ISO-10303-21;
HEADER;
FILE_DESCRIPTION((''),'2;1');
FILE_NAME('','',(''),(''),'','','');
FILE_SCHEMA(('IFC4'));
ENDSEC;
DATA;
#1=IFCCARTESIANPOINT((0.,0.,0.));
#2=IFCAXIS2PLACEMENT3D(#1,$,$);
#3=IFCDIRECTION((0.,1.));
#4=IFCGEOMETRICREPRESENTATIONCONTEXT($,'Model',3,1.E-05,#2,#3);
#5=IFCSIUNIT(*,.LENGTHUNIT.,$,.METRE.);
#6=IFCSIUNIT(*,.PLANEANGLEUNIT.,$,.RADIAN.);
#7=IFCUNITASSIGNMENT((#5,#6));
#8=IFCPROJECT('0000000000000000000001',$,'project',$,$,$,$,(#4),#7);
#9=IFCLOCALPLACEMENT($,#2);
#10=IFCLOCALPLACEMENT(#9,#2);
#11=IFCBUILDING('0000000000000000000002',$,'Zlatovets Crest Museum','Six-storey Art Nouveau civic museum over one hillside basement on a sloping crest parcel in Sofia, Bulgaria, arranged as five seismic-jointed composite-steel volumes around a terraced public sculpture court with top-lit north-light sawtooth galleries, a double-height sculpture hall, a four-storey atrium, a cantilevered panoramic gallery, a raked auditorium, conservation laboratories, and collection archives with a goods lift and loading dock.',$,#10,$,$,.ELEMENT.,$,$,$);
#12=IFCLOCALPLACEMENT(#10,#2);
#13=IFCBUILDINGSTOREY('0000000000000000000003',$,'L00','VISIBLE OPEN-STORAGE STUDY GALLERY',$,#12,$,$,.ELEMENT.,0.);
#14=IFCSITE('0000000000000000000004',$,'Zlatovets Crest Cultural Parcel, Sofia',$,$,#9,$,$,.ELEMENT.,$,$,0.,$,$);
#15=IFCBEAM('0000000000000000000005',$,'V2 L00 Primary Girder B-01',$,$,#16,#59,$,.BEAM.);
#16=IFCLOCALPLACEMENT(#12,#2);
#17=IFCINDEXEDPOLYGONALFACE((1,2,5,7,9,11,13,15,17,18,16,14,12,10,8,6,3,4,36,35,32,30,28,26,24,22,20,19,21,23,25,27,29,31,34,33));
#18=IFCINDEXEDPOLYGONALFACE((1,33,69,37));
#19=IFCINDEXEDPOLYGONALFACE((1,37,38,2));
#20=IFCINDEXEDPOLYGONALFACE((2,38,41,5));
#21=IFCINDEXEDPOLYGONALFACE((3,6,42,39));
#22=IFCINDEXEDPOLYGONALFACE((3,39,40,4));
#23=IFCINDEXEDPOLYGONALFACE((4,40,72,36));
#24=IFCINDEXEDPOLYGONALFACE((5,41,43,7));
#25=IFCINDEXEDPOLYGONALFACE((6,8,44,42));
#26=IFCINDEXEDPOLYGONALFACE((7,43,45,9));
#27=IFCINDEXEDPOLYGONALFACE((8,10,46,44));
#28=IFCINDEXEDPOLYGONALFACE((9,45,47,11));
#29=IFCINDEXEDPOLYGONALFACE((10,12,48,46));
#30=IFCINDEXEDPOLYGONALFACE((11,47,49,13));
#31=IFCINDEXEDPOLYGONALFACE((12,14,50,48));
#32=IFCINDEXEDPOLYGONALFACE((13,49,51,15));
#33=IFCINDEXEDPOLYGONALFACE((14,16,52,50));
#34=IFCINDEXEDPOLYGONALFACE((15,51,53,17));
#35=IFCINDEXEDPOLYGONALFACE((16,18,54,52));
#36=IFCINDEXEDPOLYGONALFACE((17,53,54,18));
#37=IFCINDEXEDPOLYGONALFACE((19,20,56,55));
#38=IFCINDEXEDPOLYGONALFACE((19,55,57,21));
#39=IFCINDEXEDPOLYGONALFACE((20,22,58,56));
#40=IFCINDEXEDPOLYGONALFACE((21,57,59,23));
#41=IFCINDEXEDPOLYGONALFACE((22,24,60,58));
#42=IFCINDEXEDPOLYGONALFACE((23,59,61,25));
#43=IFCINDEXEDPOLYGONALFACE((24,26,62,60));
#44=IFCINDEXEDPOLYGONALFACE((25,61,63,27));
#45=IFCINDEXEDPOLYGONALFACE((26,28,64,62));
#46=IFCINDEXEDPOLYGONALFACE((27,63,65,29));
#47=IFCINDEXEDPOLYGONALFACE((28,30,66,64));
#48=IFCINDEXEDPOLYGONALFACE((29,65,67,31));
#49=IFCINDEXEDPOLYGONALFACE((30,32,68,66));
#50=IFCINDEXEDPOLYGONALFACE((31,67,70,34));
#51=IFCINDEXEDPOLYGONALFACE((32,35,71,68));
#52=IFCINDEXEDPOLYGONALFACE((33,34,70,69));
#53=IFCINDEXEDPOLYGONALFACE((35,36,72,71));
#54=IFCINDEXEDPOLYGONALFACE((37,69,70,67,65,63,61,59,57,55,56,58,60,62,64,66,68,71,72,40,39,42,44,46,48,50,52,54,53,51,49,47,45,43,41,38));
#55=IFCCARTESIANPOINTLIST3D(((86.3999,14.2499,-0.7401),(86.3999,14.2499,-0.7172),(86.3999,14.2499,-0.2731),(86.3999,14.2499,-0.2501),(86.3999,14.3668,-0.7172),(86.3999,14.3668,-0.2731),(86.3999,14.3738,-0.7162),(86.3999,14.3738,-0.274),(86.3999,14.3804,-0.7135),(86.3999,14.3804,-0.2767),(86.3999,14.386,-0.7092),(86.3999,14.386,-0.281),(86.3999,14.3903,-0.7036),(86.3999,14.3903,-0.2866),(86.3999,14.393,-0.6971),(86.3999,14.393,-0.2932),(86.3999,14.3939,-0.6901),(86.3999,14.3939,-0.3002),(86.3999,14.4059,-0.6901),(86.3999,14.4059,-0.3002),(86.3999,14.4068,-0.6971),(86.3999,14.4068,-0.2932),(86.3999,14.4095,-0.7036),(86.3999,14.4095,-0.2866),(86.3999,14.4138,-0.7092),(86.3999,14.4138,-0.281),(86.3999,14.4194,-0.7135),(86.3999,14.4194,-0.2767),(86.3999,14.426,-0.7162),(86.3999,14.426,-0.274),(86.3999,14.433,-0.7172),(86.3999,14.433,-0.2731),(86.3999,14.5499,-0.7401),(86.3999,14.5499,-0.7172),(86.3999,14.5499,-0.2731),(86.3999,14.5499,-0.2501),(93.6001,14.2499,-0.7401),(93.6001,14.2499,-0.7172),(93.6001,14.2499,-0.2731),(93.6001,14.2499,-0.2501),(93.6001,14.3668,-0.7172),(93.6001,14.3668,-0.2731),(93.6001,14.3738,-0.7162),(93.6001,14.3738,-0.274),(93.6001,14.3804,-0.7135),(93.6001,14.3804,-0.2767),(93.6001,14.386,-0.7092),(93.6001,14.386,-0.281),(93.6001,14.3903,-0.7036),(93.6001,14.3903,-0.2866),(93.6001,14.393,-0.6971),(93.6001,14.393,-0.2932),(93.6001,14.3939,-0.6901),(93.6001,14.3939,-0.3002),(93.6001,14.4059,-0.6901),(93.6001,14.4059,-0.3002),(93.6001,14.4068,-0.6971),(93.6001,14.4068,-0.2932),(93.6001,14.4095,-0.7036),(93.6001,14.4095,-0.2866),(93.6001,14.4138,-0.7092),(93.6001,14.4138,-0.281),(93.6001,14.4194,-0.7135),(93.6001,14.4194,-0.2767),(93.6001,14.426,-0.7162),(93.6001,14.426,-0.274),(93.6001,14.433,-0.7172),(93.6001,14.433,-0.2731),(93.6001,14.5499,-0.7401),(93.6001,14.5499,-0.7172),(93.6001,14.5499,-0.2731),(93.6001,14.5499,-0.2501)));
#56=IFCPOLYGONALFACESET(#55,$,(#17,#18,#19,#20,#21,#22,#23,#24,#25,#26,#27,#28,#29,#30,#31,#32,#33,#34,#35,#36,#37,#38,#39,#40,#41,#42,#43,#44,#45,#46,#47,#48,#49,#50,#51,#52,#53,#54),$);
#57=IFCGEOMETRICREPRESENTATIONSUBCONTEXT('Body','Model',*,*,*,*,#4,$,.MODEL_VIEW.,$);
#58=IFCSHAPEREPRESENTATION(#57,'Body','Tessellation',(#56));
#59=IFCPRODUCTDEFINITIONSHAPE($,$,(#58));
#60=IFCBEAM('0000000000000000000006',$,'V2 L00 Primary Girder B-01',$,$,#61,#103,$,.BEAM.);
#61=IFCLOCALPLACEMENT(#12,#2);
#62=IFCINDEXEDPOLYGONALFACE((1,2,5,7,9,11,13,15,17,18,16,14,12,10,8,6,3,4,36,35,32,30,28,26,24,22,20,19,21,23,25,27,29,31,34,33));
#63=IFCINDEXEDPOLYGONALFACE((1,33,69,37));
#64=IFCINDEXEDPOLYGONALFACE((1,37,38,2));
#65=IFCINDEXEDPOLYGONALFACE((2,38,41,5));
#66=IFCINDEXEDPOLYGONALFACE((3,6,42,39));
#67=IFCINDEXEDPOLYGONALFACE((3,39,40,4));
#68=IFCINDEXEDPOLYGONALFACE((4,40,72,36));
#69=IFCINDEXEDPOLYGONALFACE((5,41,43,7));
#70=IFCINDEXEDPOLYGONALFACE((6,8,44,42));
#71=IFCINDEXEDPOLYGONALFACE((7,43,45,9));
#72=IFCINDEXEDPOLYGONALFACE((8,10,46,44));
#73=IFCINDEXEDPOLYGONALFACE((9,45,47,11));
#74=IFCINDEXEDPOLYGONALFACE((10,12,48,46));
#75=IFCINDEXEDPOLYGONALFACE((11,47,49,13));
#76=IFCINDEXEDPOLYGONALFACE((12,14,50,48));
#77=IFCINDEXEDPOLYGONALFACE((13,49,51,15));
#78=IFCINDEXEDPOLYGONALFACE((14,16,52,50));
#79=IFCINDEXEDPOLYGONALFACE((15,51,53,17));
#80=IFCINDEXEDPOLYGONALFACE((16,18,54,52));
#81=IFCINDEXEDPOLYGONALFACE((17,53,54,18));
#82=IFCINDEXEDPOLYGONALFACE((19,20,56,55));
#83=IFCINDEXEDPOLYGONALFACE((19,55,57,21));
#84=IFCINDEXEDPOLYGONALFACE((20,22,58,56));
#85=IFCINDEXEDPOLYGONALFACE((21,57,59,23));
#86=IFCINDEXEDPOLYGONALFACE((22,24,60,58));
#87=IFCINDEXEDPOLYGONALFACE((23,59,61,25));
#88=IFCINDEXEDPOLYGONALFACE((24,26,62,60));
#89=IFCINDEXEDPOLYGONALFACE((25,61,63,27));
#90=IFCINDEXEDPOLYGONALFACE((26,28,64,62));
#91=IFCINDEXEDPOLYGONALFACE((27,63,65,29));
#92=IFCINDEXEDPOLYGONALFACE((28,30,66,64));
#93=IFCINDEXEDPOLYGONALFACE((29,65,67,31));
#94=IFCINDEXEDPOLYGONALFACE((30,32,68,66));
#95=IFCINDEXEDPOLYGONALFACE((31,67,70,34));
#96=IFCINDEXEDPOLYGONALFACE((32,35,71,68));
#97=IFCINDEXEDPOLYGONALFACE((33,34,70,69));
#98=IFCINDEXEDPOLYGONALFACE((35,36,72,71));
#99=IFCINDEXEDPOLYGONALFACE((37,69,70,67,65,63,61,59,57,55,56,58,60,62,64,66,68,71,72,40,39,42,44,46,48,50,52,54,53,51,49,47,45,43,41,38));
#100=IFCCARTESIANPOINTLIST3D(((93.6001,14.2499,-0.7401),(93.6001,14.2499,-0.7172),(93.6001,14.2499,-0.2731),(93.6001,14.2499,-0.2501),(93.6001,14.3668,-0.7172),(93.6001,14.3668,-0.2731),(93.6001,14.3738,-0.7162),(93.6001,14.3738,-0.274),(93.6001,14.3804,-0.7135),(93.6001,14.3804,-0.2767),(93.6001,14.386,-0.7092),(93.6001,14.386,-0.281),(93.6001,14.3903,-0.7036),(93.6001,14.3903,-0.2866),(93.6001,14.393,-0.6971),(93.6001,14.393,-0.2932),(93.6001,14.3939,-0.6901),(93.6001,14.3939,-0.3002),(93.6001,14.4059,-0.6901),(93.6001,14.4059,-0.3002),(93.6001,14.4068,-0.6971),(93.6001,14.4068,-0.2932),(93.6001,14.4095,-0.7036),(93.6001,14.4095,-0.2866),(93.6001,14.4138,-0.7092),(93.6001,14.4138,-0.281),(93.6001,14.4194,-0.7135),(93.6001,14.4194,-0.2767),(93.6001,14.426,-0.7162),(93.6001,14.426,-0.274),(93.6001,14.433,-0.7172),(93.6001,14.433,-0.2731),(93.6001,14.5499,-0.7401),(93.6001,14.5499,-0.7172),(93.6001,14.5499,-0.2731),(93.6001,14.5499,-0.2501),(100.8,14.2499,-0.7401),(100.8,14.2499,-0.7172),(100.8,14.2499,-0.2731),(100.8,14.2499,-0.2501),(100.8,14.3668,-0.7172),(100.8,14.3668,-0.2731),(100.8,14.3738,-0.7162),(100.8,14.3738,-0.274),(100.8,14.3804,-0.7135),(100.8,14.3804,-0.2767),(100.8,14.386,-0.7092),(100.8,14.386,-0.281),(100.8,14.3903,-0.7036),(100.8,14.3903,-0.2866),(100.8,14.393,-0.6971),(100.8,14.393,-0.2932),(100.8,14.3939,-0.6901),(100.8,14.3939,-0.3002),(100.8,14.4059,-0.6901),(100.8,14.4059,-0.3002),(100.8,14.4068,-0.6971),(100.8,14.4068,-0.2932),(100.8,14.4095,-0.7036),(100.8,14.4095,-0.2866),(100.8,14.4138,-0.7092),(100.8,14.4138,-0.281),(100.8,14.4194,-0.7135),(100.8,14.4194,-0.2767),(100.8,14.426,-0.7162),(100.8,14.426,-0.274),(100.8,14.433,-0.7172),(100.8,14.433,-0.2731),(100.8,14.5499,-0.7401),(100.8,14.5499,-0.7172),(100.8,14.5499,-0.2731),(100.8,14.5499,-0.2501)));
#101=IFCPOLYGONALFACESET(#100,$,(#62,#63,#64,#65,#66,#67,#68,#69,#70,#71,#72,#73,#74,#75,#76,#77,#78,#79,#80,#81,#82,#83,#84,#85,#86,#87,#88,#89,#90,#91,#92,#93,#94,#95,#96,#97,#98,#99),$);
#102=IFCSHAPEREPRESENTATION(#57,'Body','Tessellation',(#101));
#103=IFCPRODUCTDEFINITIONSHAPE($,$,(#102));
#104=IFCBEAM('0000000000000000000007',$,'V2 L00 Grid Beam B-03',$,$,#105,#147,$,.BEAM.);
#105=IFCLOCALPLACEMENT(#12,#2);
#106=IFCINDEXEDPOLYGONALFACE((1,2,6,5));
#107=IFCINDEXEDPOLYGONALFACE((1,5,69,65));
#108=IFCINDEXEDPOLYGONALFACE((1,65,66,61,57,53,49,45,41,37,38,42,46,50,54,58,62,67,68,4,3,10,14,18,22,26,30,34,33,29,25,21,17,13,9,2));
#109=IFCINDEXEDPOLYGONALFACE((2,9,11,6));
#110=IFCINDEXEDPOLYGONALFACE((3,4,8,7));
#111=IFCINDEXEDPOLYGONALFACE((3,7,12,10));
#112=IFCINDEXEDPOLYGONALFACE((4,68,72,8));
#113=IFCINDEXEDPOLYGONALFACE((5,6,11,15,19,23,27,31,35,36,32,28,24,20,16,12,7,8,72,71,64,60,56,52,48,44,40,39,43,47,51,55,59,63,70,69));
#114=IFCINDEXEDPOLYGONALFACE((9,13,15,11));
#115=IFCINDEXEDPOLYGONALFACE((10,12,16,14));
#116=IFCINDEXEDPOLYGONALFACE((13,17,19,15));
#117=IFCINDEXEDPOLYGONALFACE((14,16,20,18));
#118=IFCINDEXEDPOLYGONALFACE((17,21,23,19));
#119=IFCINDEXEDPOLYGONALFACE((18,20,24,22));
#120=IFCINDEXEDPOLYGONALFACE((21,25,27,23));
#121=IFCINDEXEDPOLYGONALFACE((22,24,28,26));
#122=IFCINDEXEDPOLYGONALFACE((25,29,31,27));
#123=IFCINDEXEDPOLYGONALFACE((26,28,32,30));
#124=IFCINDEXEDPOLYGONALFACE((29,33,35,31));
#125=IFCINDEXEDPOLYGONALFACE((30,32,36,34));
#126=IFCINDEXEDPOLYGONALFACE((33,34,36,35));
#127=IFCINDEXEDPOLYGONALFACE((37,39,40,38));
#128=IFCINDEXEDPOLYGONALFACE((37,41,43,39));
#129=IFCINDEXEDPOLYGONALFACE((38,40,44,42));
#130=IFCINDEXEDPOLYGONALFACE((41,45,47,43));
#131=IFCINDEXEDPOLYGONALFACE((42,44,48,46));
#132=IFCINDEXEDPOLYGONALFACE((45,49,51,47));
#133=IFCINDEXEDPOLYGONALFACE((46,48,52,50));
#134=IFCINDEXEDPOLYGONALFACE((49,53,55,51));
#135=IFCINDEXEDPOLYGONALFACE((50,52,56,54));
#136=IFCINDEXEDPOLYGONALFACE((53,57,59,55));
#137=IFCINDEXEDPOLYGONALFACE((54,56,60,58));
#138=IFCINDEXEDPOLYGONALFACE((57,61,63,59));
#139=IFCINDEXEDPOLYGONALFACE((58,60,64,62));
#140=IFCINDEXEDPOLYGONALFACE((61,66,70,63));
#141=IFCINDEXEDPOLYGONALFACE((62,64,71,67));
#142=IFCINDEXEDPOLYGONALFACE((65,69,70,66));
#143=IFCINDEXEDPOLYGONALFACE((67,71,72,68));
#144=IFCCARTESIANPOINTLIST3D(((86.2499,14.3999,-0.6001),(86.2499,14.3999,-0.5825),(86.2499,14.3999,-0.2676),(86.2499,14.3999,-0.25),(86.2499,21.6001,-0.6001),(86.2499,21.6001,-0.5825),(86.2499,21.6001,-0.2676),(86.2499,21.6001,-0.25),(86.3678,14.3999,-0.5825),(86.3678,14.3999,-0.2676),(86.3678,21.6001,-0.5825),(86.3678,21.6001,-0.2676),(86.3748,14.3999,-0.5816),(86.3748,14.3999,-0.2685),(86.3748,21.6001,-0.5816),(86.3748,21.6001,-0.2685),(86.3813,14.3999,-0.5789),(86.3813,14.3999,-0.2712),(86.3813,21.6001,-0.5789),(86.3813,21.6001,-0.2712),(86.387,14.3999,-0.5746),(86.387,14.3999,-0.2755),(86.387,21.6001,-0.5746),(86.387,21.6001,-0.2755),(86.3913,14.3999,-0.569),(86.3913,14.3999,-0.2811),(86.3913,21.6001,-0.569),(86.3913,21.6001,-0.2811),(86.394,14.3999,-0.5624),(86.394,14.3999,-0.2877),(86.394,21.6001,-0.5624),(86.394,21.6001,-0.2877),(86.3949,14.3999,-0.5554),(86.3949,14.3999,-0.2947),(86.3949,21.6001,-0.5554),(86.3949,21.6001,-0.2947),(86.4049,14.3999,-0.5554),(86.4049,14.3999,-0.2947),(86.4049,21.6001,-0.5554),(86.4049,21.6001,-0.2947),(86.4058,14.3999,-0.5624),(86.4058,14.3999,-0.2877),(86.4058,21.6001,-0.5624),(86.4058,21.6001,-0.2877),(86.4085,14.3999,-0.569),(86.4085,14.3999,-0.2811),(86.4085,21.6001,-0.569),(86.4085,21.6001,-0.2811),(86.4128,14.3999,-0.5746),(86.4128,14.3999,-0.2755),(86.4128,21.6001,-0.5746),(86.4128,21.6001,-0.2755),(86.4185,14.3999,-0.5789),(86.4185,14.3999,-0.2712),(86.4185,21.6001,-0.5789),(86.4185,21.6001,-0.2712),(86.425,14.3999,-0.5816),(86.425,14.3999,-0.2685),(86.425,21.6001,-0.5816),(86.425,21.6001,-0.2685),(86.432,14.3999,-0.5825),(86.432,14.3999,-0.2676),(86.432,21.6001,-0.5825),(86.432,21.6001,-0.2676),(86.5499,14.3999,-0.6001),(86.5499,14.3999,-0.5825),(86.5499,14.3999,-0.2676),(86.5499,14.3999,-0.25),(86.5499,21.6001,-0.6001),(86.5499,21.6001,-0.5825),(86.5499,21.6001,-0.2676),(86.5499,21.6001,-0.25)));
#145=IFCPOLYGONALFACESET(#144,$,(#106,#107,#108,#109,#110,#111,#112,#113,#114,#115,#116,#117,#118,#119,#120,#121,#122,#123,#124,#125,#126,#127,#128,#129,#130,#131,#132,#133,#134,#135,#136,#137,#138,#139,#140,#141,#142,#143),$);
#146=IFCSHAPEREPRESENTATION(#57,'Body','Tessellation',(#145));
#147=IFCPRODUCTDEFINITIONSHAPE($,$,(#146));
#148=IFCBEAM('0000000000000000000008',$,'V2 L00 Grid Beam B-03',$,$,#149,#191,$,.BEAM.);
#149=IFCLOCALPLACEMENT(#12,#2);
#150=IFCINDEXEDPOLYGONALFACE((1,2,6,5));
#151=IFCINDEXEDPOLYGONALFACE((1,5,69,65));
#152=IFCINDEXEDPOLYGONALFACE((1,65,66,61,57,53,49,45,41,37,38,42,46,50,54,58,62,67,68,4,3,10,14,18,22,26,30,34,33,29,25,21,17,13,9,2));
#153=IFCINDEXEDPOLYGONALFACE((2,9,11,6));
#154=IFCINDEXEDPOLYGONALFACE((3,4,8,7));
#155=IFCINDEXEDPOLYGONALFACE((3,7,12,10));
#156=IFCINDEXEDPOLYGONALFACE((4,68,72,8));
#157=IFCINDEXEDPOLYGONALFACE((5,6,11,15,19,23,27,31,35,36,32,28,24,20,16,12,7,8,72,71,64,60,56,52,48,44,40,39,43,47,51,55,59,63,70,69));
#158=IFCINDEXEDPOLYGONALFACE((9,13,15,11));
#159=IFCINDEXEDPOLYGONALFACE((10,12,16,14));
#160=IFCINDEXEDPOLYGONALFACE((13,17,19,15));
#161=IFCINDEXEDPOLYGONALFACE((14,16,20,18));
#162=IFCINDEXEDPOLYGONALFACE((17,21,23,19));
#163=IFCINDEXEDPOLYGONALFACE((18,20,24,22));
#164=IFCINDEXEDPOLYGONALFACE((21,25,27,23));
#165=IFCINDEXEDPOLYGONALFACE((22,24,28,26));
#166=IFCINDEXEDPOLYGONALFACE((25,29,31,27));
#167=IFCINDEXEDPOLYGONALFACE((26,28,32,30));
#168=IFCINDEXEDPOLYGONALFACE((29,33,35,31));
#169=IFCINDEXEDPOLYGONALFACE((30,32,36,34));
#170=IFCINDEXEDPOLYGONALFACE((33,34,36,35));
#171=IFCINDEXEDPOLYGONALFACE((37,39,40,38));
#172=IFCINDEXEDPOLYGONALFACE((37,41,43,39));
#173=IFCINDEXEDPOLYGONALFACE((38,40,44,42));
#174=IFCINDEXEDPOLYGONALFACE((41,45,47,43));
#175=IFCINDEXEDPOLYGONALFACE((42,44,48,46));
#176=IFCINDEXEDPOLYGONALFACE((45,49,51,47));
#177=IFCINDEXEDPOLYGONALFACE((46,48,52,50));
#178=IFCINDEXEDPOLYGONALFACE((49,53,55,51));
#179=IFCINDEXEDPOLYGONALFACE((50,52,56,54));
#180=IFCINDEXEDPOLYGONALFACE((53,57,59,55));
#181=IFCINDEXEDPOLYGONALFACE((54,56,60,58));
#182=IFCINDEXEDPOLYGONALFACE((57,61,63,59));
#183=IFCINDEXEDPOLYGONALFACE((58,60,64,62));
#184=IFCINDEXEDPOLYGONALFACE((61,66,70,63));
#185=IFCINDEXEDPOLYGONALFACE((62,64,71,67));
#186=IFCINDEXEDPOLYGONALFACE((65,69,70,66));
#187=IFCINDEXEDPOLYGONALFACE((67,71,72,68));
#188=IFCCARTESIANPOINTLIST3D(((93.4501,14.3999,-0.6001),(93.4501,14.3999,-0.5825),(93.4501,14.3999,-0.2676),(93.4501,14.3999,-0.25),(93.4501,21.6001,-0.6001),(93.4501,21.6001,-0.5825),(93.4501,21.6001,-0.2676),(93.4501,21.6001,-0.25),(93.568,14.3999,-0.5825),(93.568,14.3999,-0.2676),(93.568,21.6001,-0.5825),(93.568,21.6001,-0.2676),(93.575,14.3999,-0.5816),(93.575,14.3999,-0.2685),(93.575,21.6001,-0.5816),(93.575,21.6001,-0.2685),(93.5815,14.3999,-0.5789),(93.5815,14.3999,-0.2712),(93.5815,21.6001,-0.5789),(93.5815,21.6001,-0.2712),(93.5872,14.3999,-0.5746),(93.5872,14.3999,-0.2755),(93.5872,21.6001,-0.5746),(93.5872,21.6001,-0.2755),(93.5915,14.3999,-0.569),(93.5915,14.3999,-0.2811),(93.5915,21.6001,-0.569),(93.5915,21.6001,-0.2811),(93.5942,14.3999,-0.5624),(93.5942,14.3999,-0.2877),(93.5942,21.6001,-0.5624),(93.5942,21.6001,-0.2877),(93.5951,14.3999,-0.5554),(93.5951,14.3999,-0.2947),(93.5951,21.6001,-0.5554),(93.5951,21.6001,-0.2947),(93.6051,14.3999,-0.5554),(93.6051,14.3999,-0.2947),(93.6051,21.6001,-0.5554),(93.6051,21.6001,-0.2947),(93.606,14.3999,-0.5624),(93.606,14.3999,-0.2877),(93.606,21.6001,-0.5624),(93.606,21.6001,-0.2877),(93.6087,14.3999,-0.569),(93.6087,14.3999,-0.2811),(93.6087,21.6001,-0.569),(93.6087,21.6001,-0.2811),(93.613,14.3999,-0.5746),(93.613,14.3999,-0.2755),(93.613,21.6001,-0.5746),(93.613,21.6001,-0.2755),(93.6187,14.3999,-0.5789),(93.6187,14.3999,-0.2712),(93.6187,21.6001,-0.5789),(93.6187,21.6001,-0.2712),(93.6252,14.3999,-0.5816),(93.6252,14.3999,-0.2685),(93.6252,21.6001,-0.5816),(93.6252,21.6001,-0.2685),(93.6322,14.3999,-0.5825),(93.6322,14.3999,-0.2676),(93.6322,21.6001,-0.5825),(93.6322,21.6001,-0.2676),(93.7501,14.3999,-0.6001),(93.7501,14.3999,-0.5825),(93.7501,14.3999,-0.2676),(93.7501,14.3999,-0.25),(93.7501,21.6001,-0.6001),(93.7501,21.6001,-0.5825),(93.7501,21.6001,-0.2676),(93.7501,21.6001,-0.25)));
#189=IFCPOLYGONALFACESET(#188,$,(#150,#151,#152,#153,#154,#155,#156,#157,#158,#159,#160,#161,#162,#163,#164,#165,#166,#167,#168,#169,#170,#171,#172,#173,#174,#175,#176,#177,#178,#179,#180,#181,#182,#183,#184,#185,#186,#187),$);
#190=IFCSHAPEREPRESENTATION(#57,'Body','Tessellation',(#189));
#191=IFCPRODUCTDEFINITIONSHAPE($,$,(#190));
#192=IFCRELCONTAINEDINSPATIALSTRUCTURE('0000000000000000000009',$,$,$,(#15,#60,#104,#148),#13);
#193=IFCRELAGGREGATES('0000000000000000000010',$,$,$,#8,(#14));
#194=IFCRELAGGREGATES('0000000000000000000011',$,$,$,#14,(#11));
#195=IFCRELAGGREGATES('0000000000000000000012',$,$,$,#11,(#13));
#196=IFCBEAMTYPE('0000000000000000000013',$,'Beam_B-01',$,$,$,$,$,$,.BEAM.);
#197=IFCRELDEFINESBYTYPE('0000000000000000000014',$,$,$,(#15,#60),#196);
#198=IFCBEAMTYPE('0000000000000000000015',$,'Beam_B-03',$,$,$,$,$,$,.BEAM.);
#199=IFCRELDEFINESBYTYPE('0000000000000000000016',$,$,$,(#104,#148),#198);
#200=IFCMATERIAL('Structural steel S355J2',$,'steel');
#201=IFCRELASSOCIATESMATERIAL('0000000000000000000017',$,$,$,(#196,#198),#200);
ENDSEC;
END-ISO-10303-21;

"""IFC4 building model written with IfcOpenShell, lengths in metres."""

from ifc_helpers import new_model, si_unit, direction, frame, origin, origin_2d, place, context, subcontext, project, spatial, i_section, extrude, material, material_profile, profile_set, type_object, element, save


model = new_model("IFC4")

# Units and contexts
model_context = context("Model", 3, precision=1e-05, world=origin(), true_north=direction((0.0, 1.0)))
body_context = subcontext(model_context, "Body", "Model", "MODEL_VIEW")
ifc_project = project(units=[si_unit("LENGTHUNIT", "METRE"), si_unit("PLANEANGLEUNIT", "RADIAN")], contexts=[model_context])

# Site, building, storey
site_placement = place(None, origin())
site = spatial("IfcSite", under=ifc_project, at=site_placement, Name="Zlatovets Crest Cultural Parcel, Sofia", CompositionType="ELEMENT", RefElevation=0.0)
building_placement = place(site_placement, origin())
building = spatial("IfcBuilding", under=site, at=building_placement, Name="Zlatovets Crest Museum", Description="Six-storey Art Nouveau civic museum over one hillside basement on a sloping crest parcel in Sofia, Bulgaria, arranged as five seismic-jointed composite-steel volumes around a terraced public sculpture court with top-lit north-light sawtooth galleries, a double-height sculpture hall, a four-storey atrium, a cantilevered panoramic gallery, a raked auditorium, conservation laboratories, and collection archives with a goods lift and loading dock.", CompositionType="ELEMENT")
storey_placement = place(building_placement, origin())
storey = spatial("IfcBuildingStorey", under=building, at=storey_placement, Name="L00", Description="VISIBLE OPEN-STORAGE STUDY GALLERY", CompositionType="ELEMENT", Elevation=0.0)

# Shared definitions
ifc_material_1 = material(Name="Structural steel S355J2", Category="steel")

# Beams
ifc_material_profile_1 = material_profile(ifc_material_1, i_section(OverallWidth=0.3, OverallDepth=0.49, WebThickness=0.012, FlangeThickness=0.0229, FilletRadius=0.0271, at=origin_2d()), Name="HEA 500")
ifc_profile_set_1 = profile_set([ifc_material_profile_1], Name="Structural steel S355J2")
beam_type_1 = type_object("IfcBeamType", Name="Beam_B-01", PredefinedType="BEAM", material=ifc_profile_set_1)
beam_1_placement = place(storey_placement, frame((86.3999, 14.3999, -0.4951), z_axis=(1.0, 0.0, 0.0), x_axis=(0.0, 1.0, 0.0)))
element("IfcBeam", 1, at=beam_1_placement, inside=storey, type_object=beam_type_1, Name="V2 L00 Primary Girder B-01", PredefinedType="BEAM", context=body_context, shape_type="SweptSolid", body=[
    extrude(i_section(OverallWidth=0.3, OverallDepth=0.49, WebThickness=0.012, FlangeThickness=0.0229, FilletRadius=0.0271, at=origin_2d()), origin(), (0.0, 0.0, 1.0), 7.2002),
])
beam_2_placement = place(storey_placement, frame((93.6001, 14.3999, -0.4951), z_axis=(1.0, 0.0, 0.0), x_axis=(0.0, 1.0, 0.0)))
element("IfcBeam", 2, at=beam_2_placement, inside=storey, type_object=beam_type_1, Name="V2 L00 Primary Girder B-01", PredefinedType="BEAM", context=body_context, shape_type="SweptSolid", body=[
    extrude(i_section(OverallWidth=0.3, OverallDepth=0.49, WebThickness=0.012, FlangeThickness=0.0229, FilletRadius=0.0271, at=origin_2d()), origin(), (0.0, 0.0, 1.0), 7.2),
])
ifc_material_profile_2 = material_profile(ifc_material_1, i_section(OverallWidth=0.3, OverallDepth=0.3501, WebThickness=0.01, FlangeThickness=0.0176, FilletRadius=0.0271, at=origin_2d()), Name="HEA 360")
ifc_profile_set_2 = profile_set([ifc_material_profile_2], Name="Structural steel S355J2")
beam_type_2 = type_object("IfcBeamType", Name="Beam_B-03", PredefinedType="BEAM", material=ifc_profile_set_2)
for number, where, z_axis, x_axis, name in (
    (3, (86.3999, 14.3999, -0.425), (0.0, 1.0, 0.0), (-1.0, 0.0, 0.0), "V2 L00 Grid Beam B-03"),
    (4, (93.6001, 14.3999, -0.425), (0.0, 1.0, 0.0), (-1.0, 0.0, 0.0), "V2 L00 Grid Beam B-03"),
):
    element("IfcBeam", number, at=place(storey_placement, frame(where, z_axis=z_axis, x_axis=x_axis)), inside=storey, type_object=beam_type_2, Name=name, PredefinedType="BEAM", context=body_context, shape_type="SweptSolid", body=[
        extrude(i_section(OverallWidth=0.3, OverallDepth=0.3501, WebThickness=0.01, FlangeThickness=0.0176, FilletRadius=0.0271, at=origin_2d()), origin(), (0.0, 0.0, 1.0), 7.2002),
    ])

save(model, "model.ifc")
